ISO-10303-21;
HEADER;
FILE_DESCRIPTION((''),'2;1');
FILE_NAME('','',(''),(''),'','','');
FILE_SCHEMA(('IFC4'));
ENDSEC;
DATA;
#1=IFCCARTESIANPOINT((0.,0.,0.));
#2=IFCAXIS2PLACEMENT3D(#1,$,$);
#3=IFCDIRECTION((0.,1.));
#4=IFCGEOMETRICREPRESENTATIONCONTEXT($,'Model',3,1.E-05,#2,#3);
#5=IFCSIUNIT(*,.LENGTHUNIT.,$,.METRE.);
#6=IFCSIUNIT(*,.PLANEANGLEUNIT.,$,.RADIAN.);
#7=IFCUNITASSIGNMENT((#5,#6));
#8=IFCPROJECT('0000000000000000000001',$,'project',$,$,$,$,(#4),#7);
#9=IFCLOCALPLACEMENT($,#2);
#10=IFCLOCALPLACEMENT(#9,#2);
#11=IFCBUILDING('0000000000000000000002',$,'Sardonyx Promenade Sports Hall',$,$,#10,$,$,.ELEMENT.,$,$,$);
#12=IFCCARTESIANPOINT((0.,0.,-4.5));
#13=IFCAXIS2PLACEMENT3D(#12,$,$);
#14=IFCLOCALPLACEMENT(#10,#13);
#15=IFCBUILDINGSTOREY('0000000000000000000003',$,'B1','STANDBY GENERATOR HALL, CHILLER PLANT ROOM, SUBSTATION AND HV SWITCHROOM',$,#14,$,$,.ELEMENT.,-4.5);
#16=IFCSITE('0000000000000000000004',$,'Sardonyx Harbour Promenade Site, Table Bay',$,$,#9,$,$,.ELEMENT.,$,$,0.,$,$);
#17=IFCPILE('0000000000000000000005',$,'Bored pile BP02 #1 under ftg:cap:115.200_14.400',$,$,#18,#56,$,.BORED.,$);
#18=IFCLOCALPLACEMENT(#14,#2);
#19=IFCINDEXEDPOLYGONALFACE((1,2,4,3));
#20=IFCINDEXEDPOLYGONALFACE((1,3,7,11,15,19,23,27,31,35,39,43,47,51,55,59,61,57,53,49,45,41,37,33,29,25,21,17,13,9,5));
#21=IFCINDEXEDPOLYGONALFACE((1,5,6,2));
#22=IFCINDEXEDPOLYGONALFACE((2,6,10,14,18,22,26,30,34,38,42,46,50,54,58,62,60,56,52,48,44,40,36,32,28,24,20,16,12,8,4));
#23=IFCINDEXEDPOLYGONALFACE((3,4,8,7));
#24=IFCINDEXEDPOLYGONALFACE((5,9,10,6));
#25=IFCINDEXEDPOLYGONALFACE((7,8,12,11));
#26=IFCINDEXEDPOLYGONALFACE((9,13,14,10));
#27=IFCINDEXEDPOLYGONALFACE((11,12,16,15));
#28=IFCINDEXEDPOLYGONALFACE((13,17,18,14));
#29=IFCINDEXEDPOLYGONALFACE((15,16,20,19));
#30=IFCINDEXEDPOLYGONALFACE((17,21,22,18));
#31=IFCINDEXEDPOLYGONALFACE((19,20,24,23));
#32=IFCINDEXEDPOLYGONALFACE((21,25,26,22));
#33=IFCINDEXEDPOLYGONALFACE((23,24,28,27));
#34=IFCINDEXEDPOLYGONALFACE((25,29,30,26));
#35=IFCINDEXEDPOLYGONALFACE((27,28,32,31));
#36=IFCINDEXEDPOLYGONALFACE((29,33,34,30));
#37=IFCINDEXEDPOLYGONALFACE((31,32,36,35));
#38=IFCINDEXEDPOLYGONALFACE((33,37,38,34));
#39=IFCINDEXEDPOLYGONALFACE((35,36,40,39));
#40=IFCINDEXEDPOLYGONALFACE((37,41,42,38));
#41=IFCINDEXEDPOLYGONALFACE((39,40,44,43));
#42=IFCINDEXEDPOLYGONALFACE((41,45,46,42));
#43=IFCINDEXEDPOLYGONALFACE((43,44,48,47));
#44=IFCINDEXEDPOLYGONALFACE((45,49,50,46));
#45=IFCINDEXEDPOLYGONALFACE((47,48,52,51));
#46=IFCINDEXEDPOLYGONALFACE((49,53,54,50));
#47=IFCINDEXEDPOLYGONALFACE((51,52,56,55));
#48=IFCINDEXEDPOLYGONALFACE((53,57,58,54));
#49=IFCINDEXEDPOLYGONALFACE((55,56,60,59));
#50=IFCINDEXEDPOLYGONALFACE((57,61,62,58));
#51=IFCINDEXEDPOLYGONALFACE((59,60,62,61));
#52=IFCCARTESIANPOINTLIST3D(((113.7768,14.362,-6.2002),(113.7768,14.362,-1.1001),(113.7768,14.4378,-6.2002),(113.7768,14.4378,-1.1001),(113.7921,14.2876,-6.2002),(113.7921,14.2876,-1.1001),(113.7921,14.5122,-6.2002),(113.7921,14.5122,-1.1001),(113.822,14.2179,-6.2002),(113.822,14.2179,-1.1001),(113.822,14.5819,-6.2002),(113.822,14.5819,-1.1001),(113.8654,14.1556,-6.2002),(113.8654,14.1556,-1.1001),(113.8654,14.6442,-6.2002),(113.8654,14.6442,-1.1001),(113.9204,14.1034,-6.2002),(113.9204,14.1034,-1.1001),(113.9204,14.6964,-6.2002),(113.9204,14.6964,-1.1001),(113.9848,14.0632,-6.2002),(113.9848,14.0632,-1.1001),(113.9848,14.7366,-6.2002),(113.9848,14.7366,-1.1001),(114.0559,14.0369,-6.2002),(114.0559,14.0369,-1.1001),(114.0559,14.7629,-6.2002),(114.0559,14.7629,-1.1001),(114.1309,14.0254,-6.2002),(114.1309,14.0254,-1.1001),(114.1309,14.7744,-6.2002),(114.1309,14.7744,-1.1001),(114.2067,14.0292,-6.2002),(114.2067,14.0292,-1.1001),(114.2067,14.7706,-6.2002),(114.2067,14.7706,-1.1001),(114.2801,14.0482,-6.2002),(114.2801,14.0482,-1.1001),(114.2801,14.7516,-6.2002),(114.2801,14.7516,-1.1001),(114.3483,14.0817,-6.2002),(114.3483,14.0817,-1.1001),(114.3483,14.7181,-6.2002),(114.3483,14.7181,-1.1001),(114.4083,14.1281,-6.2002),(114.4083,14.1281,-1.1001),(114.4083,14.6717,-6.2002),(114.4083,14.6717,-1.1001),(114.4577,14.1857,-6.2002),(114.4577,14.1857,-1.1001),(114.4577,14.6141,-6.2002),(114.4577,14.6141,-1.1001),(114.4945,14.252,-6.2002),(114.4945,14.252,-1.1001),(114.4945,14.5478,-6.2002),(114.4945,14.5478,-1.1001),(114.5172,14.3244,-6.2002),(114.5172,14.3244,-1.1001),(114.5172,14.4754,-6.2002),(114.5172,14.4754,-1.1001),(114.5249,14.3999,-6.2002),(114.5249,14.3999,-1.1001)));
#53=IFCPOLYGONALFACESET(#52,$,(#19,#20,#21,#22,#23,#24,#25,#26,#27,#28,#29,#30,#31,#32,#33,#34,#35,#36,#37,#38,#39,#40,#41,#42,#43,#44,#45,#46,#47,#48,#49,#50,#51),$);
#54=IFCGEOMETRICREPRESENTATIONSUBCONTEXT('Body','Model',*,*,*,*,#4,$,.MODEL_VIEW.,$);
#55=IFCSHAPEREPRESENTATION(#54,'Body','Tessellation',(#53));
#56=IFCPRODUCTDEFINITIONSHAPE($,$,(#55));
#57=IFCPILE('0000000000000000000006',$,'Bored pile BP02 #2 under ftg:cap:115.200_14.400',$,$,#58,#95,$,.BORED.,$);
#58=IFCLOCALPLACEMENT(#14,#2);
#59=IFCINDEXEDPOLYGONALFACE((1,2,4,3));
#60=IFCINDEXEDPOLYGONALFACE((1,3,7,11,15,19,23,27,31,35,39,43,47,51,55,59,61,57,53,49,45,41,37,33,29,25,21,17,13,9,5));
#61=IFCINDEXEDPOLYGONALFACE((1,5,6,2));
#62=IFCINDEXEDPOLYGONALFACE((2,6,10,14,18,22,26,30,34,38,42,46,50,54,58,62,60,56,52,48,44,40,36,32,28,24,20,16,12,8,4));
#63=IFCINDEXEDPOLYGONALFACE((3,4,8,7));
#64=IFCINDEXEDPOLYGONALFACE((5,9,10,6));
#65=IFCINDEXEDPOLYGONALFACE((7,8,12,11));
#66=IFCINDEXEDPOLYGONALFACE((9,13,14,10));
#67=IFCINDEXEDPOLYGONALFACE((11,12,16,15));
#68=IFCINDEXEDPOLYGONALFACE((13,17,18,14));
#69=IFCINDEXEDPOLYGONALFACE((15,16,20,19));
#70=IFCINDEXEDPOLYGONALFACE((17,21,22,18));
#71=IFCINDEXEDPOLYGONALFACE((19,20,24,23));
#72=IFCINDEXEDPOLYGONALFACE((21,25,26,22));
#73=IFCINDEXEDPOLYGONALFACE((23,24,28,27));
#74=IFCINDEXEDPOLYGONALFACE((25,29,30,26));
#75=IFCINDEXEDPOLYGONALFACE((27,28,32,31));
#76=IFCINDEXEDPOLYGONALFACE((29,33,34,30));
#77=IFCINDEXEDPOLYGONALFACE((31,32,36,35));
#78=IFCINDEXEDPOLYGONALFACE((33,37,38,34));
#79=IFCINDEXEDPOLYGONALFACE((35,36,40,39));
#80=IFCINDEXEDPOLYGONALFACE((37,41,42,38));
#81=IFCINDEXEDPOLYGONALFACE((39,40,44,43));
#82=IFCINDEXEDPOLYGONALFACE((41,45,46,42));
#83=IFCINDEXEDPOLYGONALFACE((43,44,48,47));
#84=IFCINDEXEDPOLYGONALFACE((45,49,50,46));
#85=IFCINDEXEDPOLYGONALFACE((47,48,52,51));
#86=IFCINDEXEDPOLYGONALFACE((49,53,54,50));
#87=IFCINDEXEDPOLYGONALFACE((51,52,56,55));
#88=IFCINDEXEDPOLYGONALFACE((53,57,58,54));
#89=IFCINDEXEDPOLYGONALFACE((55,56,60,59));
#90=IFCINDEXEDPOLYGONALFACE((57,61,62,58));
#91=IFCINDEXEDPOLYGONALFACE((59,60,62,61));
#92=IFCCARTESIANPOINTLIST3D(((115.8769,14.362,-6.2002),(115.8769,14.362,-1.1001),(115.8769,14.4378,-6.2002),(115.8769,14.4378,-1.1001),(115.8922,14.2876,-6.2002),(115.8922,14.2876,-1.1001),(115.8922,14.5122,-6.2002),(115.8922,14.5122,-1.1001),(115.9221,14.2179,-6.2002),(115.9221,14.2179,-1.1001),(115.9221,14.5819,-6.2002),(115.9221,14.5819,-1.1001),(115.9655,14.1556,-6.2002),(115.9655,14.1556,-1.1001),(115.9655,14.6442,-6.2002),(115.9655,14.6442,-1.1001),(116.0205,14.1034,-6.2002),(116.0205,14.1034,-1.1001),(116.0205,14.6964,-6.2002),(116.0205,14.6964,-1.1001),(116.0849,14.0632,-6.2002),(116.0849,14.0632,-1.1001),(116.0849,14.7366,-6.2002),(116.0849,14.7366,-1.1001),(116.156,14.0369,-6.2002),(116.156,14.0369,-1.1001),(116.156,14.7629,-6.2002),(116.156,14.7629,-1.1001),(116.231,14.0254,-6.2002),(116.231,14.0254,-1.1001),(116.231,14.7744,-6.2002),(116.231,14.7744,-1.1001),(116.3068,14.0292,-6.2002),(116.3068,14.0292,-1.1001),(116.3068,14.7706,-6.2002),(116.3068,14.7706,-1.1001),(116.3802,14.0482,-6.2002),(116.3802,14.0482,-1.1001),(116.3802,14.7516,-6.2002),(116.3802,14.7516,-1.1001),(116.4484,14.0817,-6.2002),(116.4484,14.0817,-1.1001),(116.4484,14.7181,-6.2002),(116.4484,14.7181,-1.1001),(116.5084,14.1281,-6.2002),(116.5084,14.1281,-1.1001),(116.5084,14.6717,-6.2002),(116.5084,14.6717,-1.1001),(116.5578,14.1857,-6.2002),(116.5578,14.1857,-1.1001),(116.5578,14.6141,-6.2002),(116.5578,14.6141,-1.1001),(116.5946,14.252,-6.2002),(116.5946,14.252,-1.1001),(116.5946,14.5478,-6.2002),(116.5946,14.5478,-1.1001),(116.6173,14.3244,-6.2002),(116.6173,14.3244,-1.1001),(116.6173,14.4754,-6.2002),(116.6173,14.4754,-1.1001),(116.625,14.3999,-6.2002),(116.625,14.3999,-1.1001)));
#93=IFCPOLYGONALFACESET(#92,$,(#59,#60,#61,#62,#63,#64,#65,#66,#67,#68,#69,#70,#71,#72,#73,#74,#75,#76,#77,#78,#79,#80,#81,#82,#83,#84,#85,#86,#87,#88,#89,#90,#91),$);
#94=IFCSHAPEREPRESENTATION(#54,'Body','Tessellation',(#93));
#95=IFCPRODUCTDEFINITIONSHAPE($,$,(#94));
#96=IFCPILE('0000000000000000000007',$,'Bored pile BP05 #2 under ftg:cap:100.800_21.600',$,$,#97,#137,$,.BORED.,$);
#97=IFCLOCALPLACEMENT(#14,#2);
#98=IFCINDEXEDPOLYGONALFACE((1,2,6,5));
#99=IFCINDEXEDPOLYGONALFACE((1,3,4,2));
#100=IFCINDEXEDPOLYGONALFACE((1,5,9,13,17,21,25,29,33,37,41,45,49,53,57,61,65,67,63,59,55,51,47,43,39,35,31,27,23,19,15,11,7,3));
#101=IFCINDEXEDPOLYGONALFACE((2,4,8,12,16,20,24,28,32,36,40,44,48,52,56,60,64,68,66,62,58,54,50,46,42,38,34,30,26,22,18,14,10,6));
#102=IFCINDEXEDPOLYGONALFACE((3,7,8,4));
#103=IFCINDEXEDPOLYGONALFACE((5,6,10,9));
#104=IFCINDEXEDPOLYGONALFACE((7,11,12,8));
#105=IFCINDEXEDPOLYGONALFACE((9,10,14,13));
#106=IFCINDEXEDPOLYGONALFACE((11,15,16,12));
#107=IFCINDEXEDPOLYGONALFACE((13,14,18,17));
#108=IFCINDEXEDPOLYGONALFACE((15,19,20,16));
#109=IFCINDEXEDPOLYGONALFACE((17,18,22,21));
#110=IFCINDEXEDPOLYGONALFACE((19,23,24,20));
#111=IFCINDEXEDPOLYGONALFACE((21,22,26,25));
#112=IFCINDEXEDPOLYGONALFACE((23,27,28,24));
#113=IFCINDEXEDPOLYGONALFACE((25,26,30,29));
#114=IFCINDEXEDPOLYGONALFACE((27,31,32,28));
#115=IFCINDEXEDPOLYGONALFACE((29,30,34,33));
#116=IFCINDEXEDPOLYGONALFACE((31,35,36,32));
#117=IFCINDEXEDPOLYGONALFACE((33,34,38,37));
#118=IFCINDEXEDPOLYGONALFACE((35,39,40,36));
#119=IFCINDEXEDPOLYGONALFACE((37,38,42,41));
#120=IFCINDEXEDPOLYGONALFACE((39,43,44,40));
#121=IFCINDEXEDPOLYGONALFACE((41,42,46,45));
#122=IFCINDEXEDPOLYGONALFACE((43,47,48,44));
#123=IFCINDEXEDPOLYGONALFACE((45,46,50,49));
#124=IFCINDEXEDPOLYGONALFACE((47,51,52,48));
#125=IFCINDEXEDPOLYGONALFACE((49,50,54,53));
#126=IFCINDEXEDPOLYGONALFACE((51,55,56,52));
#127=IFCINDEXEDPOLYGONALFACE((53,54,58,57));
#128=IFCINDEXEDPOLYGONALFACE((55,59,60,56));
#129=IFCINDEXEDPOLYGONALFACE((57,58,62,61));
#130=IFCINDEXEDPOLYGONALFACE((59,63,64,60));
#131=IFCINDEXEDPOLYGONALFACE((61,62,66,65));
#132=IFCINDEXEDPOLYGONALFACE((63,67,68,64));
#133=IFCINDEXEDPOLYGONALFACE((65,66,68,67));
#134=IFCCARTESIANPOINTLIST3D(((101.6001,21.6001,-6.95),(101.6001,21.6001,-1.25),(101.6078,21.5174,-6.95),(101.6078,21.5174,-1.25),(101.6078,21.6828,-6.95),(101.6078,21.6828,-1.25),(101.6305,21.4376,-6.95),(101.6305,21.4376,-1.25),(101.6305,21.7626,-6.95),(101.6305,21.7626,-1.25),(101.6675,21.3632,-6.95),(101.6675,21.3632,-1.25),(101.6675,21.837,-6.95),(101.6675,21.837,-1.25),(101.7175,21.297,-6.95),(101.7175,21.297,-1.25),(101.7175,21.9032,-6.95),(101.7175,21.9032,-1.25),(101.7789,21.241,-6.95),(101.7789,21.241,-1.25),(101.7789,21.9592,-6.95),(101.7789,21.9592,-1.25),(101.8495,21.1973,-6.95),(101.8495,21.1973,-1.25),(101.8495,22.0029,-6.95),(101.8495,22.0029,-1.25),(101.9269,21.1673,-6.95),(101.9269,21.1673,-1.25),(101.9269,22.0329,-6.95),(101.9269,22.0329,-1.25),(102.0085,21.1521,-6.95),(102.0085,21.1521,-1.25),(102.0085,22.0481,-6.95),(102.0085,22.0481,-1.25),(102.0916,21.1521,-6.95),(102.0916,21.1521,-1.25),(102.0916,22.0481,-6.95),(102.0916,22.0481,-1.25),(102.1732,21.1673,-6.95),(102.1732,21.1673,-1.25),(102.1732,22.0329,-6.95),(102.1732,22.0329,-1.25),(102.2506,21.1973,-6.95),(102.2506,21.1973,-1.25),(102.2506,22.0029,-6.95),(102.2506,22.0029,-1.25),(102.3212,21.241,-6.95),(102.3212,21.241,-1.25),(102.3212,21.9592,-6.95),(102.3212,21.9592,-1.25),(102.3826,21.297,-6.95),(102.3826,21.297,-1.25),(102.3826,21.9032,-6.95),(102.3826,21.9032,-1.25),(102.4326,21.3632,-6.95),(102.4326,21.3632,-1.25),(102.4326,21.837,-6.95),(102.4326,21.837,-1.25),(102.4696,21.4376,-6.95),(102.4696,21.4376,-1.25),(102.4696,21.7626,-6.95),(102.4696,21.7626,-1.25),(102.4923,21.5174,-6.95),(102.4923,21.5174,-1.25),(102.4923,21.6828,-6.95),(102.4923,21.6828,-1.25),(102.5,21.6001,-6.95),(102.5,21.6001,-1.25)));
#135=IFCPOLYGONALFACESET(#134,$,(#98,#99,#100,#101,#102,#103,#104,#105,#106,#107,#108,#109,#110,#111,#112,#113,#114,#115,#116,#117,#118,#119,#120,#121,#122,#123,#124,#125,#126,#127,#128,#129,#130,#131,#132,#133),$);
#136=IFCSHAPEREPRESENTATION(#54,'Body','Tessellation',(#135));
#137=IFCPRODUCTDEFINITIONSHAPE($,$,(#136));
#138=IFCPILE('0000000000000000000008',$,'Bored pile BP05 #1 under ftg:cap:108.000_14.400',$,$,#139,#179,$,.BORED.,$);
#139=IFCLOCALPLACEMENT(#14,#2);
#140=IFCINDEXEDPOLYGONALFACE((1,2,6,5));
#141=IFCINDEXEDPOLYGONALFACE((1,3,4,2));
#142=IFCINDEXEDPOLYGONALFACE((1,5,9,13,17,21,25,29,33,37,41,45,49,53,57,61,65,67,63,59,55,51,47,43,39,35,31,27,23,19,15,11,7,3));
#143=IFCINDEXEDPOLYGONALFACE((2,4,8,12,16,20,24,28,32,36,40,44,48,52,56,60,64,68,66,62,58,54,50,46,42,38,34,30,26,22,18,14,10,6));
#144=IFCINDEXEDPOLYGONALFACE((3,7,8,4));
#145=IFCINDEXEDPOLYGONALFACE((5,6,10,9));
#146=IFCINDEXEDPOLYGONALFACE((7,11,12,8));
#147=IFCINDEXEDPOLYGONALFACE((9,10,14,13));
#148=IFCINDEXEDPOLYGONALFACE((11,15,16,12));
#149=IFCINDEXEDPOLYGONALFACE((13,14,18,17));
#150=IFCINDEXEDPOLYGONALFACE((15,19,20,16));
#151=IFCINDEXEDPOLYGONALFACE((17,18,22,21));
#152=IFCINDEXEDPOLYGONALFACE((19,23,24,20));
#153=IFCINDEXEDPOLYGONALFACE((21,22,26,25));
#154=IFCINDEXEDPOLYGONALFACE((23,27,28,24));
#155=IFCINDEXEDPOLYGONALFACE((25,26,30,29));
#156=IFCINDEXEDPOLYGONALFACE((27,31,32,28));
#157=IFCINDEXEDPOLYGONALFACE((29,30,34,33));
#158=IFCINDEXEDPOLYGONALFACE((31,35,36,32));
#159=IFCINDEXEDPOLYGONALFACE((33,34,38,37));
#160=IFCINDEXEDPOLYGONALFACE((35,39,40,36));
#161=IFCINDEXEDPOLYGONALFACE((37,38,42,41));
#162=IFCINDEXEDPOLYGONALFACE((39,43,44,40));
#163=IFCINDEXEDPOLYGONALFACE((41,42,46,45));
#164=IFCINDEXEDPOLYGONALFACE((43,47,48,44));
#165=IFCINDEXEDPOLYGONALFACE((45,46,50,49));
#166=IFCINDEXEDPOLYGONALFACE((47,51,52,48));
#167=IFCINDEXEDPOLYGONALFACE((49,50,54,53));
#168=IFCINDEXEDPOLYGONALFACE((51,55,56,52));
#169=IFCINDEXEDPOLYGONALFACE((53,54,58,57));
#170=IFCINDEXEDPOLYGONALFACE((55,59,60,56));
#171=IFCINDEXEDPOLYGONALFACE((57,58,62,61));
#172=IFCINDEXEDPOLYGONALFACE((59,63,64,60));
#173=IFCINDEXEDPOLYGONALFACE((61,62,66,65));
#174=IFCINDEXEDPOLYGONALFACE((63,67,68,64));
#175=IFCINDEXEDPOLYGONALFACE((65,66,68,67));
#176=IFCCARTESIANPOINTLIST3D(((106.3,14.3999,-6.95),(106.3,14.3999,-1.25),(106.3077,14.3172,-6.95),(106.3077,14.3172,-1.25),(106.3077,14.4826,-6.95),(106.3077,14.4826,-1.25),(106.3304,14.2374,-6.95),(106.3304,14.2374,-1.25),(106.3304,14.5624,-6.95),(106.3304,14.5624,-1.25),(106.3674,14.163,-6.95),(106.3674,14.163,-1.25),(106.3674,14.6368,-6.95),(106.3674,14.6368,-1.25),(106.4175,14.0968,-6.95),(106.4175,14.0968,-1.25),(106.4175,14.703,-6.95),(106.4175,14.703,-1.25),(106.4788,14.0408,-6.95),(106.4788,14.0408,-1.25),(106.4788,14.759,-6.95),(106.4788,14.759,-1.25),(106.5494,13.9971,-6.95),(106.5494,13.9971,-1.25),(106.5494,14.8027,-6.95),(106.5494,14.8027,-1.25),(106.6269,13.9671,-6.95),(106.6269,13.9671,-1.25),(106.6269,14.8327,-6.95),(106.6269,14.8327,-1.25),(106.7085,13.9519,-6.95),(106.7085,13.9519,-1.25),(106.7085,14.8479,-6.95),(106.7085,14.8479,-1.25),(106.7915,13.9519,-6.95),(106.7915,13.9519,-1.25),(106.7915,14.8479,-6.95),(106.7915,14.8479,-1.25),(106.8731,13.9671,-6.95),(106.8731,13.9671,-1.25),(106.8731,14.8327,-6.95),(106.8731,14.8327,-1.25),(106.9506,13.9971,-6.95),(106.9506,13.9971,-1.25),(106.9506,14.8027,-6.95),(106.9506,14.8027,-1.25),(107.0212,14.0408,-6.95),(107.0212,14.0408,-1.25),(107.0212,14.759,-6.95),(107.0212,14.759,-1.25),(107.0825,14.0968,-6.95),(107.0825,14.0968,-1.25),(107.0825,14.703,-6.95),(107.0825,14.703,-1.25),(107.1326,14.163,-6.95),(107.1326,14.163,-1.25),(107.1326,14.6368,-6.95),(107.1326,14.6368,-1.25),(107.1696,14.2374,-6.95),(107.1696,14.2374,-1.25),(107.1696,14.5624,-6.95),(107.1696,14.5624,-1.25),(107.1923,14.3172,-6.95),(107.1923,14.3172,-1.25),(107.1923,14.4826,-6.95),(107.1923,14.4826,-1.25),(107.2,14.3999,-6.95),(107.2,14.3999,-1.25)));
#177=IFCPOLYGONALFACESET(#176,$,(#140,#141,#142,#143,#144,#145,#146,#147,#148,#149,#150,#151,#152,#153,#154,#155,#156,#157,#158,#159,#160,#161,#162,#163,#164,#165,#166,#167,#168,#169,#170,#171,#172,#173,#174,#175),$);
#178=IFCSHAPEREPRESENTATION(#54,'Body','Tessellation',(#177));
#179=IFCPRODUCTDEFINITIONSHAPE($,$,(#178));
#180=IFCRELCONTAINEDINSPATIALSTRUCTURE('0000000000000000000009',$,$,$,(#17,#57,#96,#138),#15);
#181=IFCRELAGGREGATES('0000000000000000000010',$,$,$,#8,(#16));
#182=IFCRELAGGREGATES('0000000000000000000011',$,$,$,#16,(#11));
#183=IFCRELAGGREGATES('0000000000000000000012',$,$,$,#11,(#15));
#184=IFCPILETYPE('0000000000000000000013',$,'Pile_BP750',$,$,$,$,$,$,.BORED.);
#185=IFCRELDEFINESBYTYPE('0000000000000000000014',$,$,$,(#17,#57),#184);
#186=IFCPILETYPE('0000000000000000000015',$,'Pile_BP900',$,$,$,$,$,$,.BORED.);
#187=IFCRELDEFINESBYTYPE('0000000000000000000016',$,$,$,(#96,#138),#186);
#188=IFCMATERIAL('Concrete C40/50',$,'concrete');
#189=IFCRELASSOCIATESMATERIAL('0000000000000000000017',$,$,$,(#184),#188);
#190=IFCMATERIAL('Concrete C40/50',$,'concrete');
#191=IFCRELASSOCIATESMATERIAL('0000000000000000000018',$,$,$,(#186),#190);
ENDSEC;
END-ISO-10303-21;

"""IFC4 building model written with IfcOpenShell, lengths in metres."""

from ifc_helpers import new_model, si_unit, direction, frame, origin, origin_2d, place, context, subcontext, project, spatial, circle, extrude, material, material_profile, profile_set, type_object, element, save


model = new_model("IFC4")

# Units and contexts
model_context = context("Model", 3, precision=1e-05, world=origin(), true_north=direction((0.0, 1.0)))
body_context = subcontext(model_context, "Body", "Model", "MODEL_VIEW")
ifc_project = project(units=[si_unit("LENGTHUNIT", "METRE"), si_unit("PLANEANGLEUNIT", "RADIAN")], contexts=[model_context])

# Site, building, storey
site_placement = place(None, origin())
site = spatial("IfcSite", under=ifc_project, at=site_placement, Name="Sardonyx Harbour Promenade Site, Table Bay", CompositionType="ELEMENT", RefElevation=0.0)
building_placement = place(site_placement, origin())
building = spatial("IfcBuilding", under=site, at=building_placement, Name="Sardonyx Promenade Sports Hall", CompositionType="ELEMENT")
storey_placement = place(building_placement, frame((0.0, 0.0, -4.5)))
storey = spatial("IfcBuildingStorey", under=building, at=storey_placement, Name="B1", Description="STANDBY GENERATOR HALL, CHILLER PLANT ROOM, SUBSTATION AND HV SWITCHROOM", CompositionType="ELEMENT", Elevation=-4.5)

# Piles
ifc_material_1 = material(Name="Concrete C40/50", Category="concrete")
ifc_material_profile_1 = material_profile(ifc_material_1, circle(Radius=0.375, at=origin_2d()))
ifc_profile_set_1 = profile_set([ifc_material_profile_1], Name="Concrete C40/50")
pile_type_1 = type_object("IfcPileType", Name="Pile_BP750", PredefinedType="BORED", material=ifc_profile_set_1)
for number, where, z_axis, x_axis, name in (
    (1, (114.1499, 14.3999, -1.1001), (0.0, 0.0, -1.0), (1.0, 0.0, 0.0), "Bored pile BP02 #1 under ftg:cap:115.200_14.400"),
    (2, (116.25, 14.3999, -1.1001), (0.0, 0.0, -1.0), (1.0, 0.0, 0.0), "Bored pile BP02 #2 under ftg:cap:115.200_14.400"),
):
    element("IfcPile", number, at=place(storey_placement, frame(where, z_axis=z_axis, x_axis=x_axis)), inside=storey, type_object=pile_type_1, Name=name, PredefinedType="BORED", context=body_context, shape_type="SweptSolid", body=[
        extrude(circle(Radius=0.375, at=origin_2d()), origin(), (0.0, 0.0, 1.0), 5.1001),
    ])
ifc_material_2 = material(Name="Concrete C40/50", Category="concrete")
ifc_material_profile_2 = material_profile(ifc_material_2, circle(Radius=0.45, at=origin_2d()))
ifc_profile_set_2 = profile_set([ifc_material_profile_2], Name="Concrete C40/50")
pile_type_2 = type_object("IfcPileType", Name="Pile_BP900", PredefinedType="BORED", material=ifc_profile_set_2)
for number, where, z_axis, x_axis, name in (
    (3, (102.05, 21.6001, -1.25), (0.0, 0.0, -1.0), (1.0, 0.0, 0.0), "Bored pile BP05 #2 under ftg:cap:100.800_21.600"),
    (4, (106.75, 14.3999, -1.25), (0.0, 0.0, -1.0), (1.0, 0.0, 0.0), "Bored pile BP05 #1 under ftg:cap:108.000_14.400"),
):
    element("IfcPile", number, at=place(storey_placement, frame(where, z_axis=z_axis, x_axis=x_axis)), inside=storey, type_object=pile_type_2, Name=name, PredefinedType="BORED", context=body_context, shape_type="SweptSolid", body=[
        extrude(circle(Radius=0.45, at=origin_2d()), origin(), (0.0, 0.0, 1.0), 5.7),
    ])

save(model, "model.ifc")
